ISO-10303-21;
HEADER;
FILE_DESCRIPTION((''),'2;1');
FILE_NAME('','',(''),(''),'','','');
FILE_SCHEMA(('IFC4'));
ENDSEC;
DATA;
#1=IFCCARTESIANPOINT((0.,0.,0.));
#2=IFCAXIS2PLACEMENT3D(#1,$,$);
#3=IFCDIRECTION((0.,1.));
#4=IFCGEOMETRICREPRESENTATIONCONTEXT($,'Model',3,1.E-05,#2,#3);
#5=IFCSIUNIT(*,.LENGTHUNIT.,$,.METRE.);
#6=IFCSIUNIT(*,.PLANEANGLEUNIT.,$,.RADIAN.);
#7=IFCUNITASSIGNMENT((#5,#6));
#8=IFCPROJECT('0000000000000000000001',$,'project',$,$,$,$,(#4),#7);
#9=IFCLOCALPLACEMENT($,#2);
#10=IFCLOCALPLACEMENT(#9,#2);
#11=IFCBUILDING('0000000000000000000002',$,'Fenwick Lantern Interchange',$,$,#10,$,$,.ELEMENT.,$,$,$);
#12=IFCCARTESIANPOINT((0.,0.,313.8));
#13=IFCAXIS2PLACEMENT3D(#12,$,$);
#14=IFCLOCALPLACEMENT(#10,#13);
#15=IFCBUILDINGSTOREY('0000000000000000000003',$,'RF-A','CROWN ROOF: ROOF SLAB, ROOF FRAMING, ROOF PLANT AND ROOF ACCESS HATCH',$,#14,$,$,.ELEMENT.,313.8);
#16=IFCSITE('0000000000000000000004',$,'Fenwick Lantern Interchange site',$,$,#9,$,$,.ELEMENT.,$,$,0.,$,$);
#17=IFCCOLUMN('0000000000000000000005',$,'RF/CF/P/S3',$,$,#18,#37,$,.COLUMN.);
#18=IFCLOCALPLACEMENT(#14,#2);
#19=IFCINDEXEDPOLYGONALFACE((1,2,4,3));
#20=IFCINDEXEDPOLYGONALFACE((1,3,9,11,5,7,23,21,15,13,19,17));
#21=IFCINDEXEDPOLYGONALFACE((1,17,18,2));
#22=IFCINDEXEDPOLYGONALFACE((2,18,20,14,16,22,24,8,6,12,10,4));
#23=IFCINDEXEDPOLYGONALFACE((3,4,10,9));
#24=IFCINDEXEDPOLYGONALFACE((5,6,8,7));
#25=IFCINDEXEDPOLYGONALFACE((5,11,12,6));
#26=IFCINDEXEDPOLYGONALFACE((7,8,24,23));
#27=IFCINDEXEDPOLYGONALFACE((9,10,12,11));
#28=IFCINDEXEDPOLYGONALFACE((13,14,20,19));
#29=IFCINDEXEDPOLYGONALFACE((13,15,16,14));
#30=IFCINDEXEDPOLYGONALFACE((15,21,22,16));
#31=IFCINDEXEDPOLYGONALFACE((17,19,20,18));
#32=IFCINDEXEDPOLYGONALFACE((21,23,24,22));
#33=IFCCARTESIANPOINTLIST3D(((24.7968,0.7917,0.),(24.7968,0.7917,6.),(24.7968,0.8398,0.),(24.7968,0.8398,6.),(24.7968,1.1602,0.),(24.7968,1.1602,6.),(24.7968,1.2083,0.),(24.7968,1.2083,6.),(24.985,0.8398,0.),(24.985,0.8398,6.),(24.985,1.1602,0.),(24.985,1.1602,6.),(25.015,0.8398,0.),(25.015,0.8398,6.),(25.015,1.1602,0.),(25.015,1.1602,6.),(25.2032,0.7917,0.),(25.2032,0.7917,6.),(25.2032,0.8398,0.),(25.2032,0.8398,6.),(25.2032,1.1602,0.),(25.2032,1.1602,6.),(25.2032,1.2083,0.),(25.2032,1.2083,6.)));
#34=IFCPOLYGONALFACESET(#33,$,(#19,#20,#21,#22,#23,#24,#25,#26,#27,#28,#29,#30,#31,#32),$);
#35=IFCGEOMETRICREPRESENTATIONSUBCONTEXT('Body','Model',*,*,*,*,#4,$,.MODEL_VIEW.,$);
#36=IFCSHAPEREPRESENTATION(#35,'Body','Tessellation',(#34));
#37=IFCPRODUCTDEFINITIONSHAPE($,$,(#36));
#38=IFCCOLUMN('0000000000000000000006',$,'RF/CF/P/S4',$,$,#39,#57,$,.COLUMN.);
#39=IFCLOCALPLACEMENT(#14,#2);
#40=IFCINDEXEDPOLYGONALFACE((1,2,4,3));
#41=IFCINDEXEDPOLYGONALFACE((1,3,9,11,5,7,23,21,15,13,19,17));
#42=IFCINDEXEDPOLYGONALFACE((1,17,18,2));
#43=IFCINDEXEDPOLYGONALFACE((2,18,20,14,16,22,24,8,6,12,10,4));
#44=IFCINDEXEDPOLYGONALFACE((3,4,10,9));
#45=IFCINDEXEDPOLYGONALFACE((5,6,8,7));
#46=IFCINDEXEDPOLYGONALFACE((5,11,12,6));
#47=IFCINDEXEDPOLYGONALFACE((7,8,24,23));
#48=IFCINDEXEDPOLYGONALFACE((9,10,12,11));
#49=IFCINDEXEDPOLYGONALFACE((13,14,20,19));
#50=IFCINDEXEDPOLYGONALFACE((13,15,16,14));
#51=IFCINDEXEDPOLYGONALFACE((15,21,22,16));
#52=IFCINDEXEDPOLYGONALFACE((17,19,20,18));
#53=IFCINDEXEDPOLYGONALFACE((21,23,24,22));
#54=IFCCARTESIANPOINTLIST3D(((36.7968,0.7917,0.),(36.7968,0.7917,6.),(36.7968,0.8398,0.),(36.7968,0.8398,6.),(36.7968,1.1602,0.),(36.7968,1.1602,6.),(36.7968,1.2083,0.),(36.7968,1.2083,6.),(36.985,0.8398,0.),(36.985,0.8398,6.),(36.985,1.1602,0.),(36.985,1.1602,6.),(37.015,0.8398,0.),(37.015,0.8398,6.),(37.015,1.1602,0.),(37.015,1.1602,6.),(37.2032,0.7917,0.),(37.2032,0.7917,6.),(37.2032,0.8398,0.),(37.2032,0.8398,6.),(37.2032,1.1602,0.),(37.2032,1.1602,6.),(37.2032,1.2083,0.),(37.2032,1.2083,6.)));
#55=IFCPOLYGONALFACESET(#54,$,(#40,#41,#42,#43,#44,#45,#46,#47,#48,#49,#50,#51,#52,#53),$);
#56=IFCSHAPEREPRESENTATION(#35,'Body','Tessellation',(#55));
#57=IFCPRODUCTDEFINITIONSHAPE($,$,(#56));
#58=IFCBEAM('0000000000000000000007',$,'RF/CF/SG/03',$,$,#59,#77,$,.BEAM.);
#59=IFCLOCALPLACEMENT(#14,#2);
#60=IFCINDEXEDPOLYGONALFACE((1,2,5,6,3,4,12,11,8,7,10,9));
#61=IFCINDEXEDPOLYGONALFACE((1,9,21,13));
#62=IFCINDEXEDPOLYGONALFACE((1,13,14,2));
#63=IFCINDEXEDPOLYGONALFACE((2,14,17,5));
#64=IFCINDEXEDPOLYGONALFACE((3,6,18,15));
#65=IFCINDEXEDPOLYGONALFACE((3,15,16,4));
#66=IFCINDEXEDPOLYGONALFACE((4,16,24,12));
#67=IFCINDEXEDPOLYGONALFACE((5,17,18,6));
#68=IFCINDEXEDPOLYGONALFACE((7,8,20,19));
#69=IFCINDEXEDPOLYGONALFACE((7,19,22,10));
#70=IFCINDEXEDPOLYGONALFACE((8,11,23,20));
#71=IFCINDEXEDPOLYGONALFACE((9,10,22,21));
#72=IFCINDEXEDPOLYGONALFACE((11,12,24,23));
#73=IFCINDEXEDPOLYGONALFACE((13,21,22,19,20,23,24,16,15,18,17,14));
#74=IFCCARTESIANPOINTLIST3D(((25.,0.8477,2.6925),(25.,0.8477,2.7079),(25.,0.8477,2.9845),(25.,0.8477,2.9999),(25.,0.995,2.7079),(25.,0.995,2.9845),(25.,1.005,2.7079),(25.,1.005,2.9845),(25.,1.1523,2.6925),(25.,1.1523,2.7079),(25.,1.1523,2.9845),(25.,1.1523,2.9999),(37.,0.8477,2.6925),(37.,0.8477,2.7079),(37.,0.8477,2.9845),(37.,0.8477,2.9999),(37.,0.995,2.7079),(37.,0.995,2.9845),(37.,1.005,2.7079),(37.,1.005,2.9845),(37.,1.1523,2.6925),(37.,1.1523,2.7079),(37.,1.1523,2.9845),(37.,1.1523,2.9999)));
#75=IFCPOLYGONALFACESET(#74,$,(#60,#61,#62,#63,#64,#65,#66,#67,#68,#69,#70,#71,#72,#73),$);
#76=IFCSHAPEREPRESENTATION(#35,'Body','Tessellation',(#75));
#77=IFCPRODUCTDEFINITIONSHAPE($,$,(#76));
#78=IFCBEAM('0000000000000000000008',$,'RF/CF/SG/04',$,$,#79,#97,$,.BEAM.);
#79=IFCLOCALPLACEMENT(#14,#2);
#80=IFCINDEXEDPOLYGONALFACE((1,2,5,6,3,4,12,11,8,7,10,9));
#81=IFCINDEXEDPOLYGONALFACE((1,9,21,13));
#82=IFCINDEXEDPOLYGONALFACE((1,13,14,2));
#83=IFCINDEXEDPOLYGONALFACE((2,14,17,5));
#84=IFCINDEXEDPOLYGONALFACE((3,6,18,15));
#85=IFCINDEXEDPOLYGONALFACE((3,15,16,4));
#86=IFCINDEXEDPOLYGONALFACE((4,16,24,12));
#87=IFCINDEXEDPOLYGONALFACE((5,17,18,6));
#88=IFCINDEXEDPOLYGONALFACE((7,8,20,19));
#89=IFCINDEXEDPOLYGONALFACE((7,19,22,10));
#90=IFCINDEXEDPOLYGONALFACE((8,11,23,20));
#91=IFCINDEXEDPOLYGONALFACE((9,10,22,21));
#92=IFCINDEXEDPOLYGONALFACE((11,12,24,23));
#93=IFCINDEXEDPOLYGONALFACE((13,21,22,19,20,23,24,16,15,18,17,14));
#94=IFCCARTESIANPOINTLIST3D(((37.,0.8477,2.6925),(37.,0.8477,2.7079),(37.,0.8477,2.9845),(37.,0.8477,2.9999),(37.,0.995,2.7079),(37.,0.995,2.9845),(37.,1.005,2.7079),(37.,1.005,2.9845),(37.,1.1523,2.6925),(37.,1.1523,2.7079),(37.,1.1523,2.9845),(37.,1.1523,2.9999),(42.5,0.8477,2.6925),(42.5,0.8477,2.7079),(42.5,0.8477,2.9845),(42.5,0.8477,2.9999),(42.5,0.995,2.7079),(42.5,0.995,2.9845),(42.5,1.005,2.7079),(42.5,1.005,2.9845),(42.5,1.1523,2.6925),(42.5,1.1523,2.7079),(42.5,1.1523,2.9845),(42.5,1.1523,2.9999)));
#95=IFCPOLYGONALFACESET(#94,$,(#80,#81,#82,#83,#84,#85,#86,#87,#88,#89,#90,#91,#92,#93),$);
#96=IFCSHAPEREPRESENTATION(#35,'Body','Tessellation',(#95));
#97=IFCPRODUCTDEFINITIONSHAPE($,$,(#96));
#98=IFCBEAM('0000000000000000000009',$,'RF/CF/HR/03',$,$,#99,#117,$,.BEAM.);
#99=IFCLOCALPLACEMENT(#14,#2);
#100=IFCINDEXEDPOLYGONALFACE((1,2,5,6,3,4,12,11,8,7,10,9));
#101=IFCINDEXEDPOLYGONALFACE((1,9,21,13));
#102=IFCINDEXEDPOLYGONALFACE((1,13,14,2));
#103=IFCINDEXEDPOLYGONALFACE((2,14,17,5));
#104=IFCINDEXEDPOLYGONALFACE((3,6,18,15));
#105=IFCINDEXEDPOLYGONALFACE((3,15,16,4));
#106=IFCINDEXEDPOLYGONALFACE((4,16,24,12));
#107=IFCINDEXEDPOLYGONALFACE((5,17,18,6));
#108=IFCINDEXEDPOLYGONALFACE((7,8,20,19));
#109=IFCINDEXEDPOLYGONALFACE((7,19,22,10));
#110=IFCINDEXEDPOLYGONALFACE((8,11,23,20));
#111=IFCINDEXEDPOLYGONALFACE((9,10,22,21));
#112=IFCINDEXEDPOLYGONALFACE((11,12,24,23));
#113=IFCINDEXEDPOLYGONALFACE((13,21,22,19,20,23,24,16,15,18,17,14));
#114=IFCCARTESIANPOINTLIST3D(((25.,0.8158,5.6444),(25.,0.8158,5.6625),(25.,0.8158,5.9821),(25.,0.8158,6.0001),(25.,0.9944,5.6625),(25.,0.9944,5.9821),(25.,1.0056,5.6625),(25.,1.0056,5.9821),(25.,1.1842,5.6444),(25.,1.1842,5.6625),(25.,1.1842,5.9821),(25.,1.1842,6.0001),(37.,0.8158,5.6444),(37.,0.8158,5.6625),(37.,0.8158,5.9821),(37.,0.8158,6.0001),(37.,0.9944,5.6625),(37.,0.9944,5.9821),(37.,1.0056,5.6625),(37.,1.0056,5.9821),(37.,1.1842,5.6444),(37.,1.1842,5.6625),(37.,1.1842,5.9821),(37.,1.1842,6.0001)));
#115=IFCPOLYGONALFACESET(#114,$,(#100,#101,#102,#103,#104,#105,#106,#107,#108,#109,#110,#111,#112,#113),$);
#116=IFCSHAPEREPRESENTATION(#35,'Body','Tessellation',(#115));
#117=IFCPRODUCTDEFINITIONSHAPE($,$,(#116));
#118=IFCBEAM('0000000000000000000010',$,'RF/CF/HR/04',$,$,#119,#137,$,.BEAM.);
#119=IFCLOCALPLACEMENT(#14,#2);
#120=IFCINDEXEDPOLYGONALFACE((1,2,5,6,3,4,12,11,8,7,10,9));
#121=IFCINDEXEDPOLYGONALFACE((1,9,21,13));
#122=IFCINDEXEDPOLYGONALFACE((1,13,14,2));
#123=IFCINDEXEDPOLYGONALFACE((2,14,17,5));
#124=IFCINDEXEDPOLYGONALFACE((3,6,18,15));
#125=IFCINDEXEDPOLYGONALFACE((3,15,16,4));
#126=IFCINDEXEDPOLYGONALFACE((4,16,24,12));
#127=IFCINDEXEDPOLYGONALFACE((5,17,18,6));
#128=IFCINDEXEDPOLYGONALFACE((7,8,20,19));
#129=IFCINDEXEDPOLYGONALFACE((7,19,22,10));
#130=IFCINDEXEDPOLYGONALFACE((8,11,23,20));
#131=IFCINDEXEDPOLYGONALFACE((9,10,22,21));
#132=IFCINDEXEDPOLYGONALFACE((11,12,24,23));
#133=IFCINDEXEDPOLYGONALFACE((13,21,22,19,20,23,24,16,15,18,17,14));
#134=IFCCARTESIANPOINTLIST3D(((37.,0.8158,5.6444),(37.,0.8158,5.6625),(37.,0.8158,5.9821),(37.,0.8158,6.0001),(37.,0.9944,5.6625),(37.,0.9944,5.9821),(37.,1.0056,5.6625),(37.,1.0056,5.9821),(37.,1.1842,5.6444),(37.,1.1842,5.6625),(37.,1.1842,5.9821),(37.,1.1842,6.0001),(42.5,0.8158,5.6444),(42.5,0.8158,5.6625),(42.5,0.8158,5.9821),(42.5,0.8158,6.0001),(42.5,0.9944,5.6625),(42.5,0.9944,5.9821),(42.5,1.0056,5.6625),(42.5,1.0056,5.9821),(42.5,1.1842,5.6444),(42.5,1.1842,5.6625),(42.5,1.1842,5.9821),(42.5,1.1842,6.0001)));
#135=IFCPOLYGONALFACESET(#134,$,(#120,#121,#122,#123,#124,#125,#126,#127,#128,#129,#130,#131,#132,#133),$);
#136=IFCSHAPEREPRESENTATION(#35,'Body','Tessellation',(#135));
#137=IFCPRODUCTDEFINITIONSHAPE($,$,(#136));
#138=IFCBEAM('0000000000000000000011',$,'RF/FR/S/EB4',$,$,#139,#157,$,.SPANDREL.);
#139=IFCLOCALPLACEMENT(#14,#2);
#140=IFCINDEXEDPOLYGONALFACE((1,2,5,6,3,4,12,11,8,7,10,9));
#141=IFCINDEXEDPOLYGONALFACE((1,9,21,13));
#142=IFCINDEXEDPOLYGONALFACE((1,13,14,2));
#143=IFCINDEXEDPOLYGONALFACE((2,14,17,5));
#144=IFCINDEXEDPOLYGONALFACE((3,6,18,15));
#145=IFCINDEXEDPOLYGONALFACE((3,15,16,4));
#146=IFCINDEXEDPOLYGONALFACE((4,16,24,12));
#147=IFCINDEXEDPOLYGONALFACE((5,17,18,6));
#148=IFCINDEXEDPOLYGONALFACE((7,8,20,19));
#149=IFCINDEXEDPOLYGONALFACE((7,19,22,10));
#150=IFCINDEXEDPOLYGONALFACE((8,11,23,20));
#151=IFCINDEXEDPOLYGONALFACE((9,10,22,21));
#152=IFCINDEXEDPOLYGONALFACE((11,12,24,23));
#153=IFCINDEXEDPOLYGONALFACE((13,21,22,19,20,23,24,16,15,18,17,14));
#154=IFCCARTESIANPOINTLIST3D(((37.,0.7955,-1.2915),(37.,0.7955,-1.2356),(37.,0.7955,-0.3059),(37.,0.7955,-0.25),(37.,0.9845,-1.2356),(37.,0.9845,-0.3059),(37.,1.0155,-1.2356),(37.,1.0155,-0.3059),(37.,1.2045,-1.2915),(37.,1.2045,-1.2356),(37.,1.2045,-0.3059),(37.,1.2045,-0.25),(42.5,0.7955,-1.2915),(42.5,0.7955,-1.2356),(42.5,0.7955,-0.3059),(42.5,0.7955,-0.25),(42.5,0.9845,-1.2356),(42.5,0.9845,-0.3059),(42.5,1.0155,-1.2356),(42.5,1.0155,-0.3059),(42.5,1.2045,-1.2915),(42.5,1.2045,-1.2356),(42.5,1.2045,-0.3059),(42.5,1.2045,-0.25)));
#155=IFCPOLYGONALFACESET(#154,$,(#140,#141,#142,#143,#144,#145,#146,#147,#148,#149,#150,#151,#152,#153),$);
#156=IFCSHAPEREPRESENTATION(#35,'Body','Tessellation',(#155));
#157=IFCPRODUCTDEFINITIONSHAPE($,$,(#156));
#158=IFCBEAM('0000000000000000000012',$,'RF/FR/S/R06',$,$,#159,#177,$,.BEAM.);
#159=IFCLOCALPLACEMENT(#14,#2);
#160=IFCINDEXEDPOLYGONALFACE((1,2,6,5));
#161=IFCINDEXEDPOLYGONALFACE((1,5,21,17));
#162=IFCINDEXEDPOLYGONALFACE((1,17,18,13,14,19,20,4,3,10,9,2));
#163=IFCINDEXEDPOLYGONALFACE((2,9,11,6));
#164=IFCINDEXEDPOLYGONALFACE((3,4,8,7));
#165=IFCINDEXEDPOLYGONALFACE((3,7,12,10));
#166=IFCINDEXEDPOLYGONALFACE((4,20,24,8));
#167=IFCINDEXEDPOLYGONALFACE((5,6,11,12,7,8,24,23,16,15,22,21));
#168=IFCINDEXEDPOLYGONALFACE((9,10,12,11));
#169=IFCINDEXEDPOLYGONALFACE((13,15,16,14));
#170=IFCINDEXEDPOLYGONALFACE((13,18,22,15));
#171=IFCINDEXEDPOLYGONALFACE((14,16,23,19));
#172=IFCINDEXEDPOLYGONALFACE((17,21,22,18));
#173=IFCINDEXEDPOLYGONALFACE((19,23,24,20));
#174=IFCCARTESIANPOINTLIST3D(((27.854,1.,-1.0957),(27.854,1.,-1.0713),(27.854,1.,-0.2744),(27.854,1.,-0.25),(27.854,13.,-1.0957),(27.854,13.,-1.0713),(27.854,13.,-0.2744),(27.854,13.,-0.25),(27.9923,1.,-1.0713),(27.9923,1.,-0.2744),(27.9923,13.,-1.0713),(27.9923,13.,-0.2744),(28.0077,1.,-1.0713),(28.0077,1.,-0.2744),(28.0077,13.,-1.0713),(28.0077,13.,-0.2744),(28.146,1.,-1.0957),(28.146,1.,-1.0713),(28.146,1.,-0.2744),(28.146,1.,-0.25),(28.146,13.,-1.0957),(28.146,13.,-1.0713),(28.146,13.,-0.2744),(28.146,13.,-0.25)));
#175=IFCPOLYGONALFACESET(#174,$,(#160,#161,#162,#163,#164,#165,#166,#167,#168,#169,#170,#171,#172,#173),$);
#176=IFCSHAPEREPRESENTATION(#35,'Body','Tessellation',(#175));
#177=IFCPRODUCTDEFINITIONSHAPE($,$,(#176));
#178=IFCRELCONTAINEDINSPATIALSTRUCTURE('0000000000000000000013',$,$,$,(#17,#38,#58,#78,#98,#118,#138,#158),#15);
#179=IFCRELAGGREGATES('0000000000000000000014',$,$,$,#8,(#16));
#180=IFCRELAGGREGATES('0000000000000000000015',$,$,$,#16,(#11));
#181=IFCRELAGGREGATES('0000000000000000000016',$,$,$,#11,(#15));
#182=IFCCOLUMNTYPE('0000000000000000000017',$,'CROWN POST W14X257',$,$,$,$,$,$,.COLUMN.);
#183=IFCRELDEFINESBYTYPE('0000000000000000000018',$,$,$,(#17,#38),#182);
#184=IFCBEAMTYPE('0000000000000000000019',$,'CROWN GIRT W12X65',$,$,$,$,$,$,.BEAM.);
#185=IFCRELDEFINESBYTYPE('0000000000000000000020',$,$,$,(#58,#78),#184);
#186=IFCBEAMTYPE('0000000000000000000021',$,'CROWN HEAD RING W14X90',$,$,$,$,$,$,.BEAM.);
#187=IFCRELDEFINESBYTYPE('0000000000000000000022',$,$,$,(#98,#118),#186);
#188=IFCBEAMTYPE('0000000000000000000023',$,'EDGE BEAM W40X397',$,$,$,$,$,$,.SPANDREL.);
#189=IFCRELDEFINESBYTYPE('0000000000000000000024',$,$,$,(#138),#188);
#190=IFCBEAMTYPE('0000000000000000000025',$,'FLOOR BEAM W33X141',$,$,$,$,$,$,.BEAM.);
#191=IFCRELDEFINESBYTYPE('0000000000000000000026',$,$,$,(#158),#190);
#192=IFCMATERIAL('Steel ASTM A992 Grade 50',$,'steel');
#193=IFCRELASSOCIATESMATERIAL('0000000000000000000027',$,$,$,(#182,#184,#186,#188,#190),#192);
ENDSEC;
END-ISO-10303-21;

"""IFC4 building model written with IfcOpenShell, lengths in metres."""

from ifc_helpers import new_model, si_unit, direction, frame, origin, origin_2d, place, context, subcontext, project, spatial, i_section, extrude, material, material_profile, profile_set, type_object, element, save


model = new_model("IFC4")

# Units and contexts
model_context = context("Model", 3, precision=1e-05, world=origin(), true_north=direction((0.0, 1.0)))
body_context = subcontext(model_context, "Body", "Model", "MODEL_VIEW")
ifc_project = project(units=[si_unit("LENGTHUNIT", "METRE"), si_unit("PLANEANGLEUNIT", "RADIAN")], contexts=[model_context])

# Site, building, storey
site_placement = place(None, origin())
site = spatial("IfcSite", under=ifc_project, at=site_placement, Name="Fenwick Lantern Interchange site", CompositionType="ELEMENT", RefElevation=0.0)
building_placement = place(site_placement, origin())
building = spatial("IfcBuilding", under=site, at=building_placement, Name="Fenwick Lantern Interchange", CompositionType="ELEMENT")
storey_placement = place(building_placement, frame((0.0, 0.0, 313.8)))
storey = spatial("IfcBuildingStorey", under=building, at=storey_placement, Name="RF-A", Description="CROWN ROOF: ROOF SLAB, ROOF FRAMING, ROOF PLANT AND ROOF ACCESS HATCH", CompositionType="ELEMENT", Elevation=313.8)

# Columns
ifc_material_1 = material(Name="Steel ASTM A992 Grade 50", Category="steel")
ifc_material_profile_1 = material_profile(ifc_material_1, i_section(OverallWidth=0.4065, OverallDepth=0.4165, WebThickness=0.03, FlangeThickness=0.0481, at=origin_2d()), Name="W14X257")
ifc_profile_set_1 = profile_set([ifc_material_profile_1], Name="Steel ASTM A992 Grade 50")
column_type = type_object("IfcColumnType", Name="CROWN POST W14X257", PredefinedType="COLUMN", material=ifc_profile_set_1)
for number, where, z_axis, x_axis, name in (
    (1, (25.0, 1.0, 0.0), (0.0, 0.0, 1.0), (1.0, 0.0, 0.0), "RF/CF/P/S3"),
    (2, (37.0, 1.0, 0.0), (0.0, 0.0, 1.0), (1.0, 0.0, 0.0), "RF/CF/P/S4"),
):
    element("IfcColumn", number, at=place(storey_placement, frame(where, z_axis=z_axis, x_axis=x_axis)), inside=storey, type_object=column_type, Name=name, PredefinedType="COLUMN", context=body_context, shape_type="SweptSolid", body=[
        extrude(i_section(OverallWidth=0.4065, OverallDepth=0.4165, WebThickness=0.03, FlangeThickness=0.0481, at=origin_2d()), origin(), (0.0, 0.0, 1.0), 6.0),
    ])

# Beams
ifc_material_profile_2 = material_profile(ifc_material_1, i_section(OverallWidth=0.3047, OverallDepth=0.3074, WebThickness=0.01, FlangeThickness=0.0154, at=origin_2d()), Name="W12X65")
ifc_profile_set_2 = profile_set([ifc_material_profile_2], Name="Steel ASTM A992 Grade 50")
beam_type_1 = type_object("IfcBeamType", Name="CROWN GIRT W12X65", PredefinedType="BEAM", material=ifc_profile_set_2)
beam_1_placement = place(storey_placement, frame((25.0, 1.0, 2.8462), z_axis=(1.0, 0.0, 0.0), x_axis=(0.0, 1.0, 0.0)))
element("IfcBeam", 3, at=beam_1_placement, inside=storey, type_object=beam_type_1, Name="RF/CF/SG/03", PredefinedType="BEAM", context=body_context, shape_type="SweptSolid", body=[
    extrude(i_section(OverallWidth=0.3047, OverallDepth=0.3074, WebThickness=0.01, FlangeThickness=0.0154, at=origin_2d()), origin(), (0.0, 0.0, 1.0), 12.0),
])
beam_2_placement = place(storey_placement, frame((37.0, 1.0, 2.8462), z_axis=(1.0, 0.0, 0.0), x_axis=(0.0, 1.0, 0.0)))
element("IfcBeam", 4, at=beam_2_placement, inside=storey, type_object=beam_type_1, Name="RF/CF/SG/04", PredefinedType="BEAM", context=body_context, shape_type="SweptSolid", body=[
    extrude(i_section(OverallWidth=0.3047, OverallDepth=0.3074, WebThickness=0.01, FlangeThickness=0.0154, at=origin_2d()), origin(), (0.0, 0.0, 1.0), 5.5),
])
ifc_material_profile_3 = material_profile(ifc_material_1, i_section(OverallWidth=0.3684, OverallDepth=0.3557, WebThickness=0.0112, FlangeThickness=0.0181, at=origin_2d()), Name="W14X90")
ifc_profile_set_3 = profile_set([ifc_material_profile_3], Name="Steel ASTM A992 Grade 50")
beam_type_2 = type_object("IfcBeamType", Name="CROWN HEAD RING W14X90", PredefinedType="BEAM", material=ifc_profile_set_3)
beam_3_placement = place(storey_placement, frame((25.0, 1.0, 5.8223), z_axis=(1.0, 0.0, 0.0), x_axis=(0.0, 1.0, 0.0)))
element("IfcBeam", 5, at=beam_3_placement, inside=storey, type_object=beam_type_2, Name="RF/CF/HR/03", PredefinedType="BEAM", context=body_context, shape_type="SweptSolid", body=[
    extrude(i_section(OverallWidth=0.3684, OverallDepth=0.3557, WebThickness=0.0112, FlangeThickness=0.0181, at=origin_2d()), origin(), (0.0, 0.0, 1.0), 12.0),
])
beam_4_placement = place(storey_placement, frame((37.0, 1.0, 5.8223), z_axis=(1.0, 0.0, 0.0), x_axis=(0.0, 1.0, 0.0)))
element("IfcBeam", 6, at=beam_4_placement, inside=storey, type_object=beam_type_2, Name="RF/CF/HR/04", PredefinedType="BEAM", context=body_context, shape_type="SweptSolid", body=[
    extrude(i_section(OverallWidth=0.3684, OverallDepth=0.3557, WebThickness=0.0112, FlangeThickness=0.0181, at=origin_2d()), origin(), (0.0, 0.0, 1.0), 5.5),
])
ifc_material_profile_4 = material_profile(ifc_material_1, i_section(OverallWidth=0.4089, OverallDepth=1.0415, WebThickness=0.031, FlangeThickness=0.0559, at=origin_2d()), Name="W40X397")
ifc_profile_set_4 = profile_set([ifc_material_profile_4], Name="Steel ASTM A992 Grade 50")
beam_type_3 = type_object("IfcBeamType", Name="EDGE BEAM W40X397", PredefinedType="SPANDREL", material=ifc_profile_set_4)
beam_5_placement = place(storey_placement, frame((37.0, 1.0, -0.7708), z_axis=(1.0, 0.0, 0.0), x_axis=(0.0, 1.0, 0.0)))
element("IfcBeam", 7, at=beam_5_placement, inside=storey, type_object=beam_type_3, Name="RF/FR/S/EB4", PredefinedType="SPANDREL", context=body_context, shape_type="SweptSolid", body=[
    extrude(i_section(OverallWidth=0.4089, OverallDepth=1.0415, WebThickness=0.031, FlangeThickness=0.0559, at=origin_2d()), origin(), (0.0, 0.0, 1.0), 5.5),
])
ifc_material_profile_5 = material_profile(ifc_material_1, i_section(OverallWidth=0.292, OverallDepth=0.8457, WebThickness=0.0154, FlangeThickness=0.0244, at=origin_2d()), Name="W33X141")
ifc_profile_set_5 = profile_set([ifc_material_profile_5], Name="Steel ASTM A992 Grade 50")
beam_type_4 = type_object("IfcBeamType", Name="FLOOR BEAM W33X141", PredefinedType="BEAM", material=ifc_profile_set_5)
for number, where, z_axis, x_axis, name in (
    (8, (28.0, 1.0, -0.6729), (0.0, 1.0, 0.0), (-1.0, 0.0, 0.0), "RF/FR/S/R06"),
):
    element("IfcBeam", number, at=place(storey_placement, frame(where, z_axis=z_axis, x_axis=x_axis)), inside=storey, type_object=beam_type_4, Name=name, PredefinedType="BEAM", context=body_context, shape_type="SweptSolid", body=[
        extrude(i_section(OverallWidth=0.292, OverallDepth=0.8457, WebThickness=0.0154, FlangeThickness=0.0244, at=origin_2d()), origin(), (0.0, 0.0, 1.0), 12.0),
    ])

save(model, "model.ifc")
